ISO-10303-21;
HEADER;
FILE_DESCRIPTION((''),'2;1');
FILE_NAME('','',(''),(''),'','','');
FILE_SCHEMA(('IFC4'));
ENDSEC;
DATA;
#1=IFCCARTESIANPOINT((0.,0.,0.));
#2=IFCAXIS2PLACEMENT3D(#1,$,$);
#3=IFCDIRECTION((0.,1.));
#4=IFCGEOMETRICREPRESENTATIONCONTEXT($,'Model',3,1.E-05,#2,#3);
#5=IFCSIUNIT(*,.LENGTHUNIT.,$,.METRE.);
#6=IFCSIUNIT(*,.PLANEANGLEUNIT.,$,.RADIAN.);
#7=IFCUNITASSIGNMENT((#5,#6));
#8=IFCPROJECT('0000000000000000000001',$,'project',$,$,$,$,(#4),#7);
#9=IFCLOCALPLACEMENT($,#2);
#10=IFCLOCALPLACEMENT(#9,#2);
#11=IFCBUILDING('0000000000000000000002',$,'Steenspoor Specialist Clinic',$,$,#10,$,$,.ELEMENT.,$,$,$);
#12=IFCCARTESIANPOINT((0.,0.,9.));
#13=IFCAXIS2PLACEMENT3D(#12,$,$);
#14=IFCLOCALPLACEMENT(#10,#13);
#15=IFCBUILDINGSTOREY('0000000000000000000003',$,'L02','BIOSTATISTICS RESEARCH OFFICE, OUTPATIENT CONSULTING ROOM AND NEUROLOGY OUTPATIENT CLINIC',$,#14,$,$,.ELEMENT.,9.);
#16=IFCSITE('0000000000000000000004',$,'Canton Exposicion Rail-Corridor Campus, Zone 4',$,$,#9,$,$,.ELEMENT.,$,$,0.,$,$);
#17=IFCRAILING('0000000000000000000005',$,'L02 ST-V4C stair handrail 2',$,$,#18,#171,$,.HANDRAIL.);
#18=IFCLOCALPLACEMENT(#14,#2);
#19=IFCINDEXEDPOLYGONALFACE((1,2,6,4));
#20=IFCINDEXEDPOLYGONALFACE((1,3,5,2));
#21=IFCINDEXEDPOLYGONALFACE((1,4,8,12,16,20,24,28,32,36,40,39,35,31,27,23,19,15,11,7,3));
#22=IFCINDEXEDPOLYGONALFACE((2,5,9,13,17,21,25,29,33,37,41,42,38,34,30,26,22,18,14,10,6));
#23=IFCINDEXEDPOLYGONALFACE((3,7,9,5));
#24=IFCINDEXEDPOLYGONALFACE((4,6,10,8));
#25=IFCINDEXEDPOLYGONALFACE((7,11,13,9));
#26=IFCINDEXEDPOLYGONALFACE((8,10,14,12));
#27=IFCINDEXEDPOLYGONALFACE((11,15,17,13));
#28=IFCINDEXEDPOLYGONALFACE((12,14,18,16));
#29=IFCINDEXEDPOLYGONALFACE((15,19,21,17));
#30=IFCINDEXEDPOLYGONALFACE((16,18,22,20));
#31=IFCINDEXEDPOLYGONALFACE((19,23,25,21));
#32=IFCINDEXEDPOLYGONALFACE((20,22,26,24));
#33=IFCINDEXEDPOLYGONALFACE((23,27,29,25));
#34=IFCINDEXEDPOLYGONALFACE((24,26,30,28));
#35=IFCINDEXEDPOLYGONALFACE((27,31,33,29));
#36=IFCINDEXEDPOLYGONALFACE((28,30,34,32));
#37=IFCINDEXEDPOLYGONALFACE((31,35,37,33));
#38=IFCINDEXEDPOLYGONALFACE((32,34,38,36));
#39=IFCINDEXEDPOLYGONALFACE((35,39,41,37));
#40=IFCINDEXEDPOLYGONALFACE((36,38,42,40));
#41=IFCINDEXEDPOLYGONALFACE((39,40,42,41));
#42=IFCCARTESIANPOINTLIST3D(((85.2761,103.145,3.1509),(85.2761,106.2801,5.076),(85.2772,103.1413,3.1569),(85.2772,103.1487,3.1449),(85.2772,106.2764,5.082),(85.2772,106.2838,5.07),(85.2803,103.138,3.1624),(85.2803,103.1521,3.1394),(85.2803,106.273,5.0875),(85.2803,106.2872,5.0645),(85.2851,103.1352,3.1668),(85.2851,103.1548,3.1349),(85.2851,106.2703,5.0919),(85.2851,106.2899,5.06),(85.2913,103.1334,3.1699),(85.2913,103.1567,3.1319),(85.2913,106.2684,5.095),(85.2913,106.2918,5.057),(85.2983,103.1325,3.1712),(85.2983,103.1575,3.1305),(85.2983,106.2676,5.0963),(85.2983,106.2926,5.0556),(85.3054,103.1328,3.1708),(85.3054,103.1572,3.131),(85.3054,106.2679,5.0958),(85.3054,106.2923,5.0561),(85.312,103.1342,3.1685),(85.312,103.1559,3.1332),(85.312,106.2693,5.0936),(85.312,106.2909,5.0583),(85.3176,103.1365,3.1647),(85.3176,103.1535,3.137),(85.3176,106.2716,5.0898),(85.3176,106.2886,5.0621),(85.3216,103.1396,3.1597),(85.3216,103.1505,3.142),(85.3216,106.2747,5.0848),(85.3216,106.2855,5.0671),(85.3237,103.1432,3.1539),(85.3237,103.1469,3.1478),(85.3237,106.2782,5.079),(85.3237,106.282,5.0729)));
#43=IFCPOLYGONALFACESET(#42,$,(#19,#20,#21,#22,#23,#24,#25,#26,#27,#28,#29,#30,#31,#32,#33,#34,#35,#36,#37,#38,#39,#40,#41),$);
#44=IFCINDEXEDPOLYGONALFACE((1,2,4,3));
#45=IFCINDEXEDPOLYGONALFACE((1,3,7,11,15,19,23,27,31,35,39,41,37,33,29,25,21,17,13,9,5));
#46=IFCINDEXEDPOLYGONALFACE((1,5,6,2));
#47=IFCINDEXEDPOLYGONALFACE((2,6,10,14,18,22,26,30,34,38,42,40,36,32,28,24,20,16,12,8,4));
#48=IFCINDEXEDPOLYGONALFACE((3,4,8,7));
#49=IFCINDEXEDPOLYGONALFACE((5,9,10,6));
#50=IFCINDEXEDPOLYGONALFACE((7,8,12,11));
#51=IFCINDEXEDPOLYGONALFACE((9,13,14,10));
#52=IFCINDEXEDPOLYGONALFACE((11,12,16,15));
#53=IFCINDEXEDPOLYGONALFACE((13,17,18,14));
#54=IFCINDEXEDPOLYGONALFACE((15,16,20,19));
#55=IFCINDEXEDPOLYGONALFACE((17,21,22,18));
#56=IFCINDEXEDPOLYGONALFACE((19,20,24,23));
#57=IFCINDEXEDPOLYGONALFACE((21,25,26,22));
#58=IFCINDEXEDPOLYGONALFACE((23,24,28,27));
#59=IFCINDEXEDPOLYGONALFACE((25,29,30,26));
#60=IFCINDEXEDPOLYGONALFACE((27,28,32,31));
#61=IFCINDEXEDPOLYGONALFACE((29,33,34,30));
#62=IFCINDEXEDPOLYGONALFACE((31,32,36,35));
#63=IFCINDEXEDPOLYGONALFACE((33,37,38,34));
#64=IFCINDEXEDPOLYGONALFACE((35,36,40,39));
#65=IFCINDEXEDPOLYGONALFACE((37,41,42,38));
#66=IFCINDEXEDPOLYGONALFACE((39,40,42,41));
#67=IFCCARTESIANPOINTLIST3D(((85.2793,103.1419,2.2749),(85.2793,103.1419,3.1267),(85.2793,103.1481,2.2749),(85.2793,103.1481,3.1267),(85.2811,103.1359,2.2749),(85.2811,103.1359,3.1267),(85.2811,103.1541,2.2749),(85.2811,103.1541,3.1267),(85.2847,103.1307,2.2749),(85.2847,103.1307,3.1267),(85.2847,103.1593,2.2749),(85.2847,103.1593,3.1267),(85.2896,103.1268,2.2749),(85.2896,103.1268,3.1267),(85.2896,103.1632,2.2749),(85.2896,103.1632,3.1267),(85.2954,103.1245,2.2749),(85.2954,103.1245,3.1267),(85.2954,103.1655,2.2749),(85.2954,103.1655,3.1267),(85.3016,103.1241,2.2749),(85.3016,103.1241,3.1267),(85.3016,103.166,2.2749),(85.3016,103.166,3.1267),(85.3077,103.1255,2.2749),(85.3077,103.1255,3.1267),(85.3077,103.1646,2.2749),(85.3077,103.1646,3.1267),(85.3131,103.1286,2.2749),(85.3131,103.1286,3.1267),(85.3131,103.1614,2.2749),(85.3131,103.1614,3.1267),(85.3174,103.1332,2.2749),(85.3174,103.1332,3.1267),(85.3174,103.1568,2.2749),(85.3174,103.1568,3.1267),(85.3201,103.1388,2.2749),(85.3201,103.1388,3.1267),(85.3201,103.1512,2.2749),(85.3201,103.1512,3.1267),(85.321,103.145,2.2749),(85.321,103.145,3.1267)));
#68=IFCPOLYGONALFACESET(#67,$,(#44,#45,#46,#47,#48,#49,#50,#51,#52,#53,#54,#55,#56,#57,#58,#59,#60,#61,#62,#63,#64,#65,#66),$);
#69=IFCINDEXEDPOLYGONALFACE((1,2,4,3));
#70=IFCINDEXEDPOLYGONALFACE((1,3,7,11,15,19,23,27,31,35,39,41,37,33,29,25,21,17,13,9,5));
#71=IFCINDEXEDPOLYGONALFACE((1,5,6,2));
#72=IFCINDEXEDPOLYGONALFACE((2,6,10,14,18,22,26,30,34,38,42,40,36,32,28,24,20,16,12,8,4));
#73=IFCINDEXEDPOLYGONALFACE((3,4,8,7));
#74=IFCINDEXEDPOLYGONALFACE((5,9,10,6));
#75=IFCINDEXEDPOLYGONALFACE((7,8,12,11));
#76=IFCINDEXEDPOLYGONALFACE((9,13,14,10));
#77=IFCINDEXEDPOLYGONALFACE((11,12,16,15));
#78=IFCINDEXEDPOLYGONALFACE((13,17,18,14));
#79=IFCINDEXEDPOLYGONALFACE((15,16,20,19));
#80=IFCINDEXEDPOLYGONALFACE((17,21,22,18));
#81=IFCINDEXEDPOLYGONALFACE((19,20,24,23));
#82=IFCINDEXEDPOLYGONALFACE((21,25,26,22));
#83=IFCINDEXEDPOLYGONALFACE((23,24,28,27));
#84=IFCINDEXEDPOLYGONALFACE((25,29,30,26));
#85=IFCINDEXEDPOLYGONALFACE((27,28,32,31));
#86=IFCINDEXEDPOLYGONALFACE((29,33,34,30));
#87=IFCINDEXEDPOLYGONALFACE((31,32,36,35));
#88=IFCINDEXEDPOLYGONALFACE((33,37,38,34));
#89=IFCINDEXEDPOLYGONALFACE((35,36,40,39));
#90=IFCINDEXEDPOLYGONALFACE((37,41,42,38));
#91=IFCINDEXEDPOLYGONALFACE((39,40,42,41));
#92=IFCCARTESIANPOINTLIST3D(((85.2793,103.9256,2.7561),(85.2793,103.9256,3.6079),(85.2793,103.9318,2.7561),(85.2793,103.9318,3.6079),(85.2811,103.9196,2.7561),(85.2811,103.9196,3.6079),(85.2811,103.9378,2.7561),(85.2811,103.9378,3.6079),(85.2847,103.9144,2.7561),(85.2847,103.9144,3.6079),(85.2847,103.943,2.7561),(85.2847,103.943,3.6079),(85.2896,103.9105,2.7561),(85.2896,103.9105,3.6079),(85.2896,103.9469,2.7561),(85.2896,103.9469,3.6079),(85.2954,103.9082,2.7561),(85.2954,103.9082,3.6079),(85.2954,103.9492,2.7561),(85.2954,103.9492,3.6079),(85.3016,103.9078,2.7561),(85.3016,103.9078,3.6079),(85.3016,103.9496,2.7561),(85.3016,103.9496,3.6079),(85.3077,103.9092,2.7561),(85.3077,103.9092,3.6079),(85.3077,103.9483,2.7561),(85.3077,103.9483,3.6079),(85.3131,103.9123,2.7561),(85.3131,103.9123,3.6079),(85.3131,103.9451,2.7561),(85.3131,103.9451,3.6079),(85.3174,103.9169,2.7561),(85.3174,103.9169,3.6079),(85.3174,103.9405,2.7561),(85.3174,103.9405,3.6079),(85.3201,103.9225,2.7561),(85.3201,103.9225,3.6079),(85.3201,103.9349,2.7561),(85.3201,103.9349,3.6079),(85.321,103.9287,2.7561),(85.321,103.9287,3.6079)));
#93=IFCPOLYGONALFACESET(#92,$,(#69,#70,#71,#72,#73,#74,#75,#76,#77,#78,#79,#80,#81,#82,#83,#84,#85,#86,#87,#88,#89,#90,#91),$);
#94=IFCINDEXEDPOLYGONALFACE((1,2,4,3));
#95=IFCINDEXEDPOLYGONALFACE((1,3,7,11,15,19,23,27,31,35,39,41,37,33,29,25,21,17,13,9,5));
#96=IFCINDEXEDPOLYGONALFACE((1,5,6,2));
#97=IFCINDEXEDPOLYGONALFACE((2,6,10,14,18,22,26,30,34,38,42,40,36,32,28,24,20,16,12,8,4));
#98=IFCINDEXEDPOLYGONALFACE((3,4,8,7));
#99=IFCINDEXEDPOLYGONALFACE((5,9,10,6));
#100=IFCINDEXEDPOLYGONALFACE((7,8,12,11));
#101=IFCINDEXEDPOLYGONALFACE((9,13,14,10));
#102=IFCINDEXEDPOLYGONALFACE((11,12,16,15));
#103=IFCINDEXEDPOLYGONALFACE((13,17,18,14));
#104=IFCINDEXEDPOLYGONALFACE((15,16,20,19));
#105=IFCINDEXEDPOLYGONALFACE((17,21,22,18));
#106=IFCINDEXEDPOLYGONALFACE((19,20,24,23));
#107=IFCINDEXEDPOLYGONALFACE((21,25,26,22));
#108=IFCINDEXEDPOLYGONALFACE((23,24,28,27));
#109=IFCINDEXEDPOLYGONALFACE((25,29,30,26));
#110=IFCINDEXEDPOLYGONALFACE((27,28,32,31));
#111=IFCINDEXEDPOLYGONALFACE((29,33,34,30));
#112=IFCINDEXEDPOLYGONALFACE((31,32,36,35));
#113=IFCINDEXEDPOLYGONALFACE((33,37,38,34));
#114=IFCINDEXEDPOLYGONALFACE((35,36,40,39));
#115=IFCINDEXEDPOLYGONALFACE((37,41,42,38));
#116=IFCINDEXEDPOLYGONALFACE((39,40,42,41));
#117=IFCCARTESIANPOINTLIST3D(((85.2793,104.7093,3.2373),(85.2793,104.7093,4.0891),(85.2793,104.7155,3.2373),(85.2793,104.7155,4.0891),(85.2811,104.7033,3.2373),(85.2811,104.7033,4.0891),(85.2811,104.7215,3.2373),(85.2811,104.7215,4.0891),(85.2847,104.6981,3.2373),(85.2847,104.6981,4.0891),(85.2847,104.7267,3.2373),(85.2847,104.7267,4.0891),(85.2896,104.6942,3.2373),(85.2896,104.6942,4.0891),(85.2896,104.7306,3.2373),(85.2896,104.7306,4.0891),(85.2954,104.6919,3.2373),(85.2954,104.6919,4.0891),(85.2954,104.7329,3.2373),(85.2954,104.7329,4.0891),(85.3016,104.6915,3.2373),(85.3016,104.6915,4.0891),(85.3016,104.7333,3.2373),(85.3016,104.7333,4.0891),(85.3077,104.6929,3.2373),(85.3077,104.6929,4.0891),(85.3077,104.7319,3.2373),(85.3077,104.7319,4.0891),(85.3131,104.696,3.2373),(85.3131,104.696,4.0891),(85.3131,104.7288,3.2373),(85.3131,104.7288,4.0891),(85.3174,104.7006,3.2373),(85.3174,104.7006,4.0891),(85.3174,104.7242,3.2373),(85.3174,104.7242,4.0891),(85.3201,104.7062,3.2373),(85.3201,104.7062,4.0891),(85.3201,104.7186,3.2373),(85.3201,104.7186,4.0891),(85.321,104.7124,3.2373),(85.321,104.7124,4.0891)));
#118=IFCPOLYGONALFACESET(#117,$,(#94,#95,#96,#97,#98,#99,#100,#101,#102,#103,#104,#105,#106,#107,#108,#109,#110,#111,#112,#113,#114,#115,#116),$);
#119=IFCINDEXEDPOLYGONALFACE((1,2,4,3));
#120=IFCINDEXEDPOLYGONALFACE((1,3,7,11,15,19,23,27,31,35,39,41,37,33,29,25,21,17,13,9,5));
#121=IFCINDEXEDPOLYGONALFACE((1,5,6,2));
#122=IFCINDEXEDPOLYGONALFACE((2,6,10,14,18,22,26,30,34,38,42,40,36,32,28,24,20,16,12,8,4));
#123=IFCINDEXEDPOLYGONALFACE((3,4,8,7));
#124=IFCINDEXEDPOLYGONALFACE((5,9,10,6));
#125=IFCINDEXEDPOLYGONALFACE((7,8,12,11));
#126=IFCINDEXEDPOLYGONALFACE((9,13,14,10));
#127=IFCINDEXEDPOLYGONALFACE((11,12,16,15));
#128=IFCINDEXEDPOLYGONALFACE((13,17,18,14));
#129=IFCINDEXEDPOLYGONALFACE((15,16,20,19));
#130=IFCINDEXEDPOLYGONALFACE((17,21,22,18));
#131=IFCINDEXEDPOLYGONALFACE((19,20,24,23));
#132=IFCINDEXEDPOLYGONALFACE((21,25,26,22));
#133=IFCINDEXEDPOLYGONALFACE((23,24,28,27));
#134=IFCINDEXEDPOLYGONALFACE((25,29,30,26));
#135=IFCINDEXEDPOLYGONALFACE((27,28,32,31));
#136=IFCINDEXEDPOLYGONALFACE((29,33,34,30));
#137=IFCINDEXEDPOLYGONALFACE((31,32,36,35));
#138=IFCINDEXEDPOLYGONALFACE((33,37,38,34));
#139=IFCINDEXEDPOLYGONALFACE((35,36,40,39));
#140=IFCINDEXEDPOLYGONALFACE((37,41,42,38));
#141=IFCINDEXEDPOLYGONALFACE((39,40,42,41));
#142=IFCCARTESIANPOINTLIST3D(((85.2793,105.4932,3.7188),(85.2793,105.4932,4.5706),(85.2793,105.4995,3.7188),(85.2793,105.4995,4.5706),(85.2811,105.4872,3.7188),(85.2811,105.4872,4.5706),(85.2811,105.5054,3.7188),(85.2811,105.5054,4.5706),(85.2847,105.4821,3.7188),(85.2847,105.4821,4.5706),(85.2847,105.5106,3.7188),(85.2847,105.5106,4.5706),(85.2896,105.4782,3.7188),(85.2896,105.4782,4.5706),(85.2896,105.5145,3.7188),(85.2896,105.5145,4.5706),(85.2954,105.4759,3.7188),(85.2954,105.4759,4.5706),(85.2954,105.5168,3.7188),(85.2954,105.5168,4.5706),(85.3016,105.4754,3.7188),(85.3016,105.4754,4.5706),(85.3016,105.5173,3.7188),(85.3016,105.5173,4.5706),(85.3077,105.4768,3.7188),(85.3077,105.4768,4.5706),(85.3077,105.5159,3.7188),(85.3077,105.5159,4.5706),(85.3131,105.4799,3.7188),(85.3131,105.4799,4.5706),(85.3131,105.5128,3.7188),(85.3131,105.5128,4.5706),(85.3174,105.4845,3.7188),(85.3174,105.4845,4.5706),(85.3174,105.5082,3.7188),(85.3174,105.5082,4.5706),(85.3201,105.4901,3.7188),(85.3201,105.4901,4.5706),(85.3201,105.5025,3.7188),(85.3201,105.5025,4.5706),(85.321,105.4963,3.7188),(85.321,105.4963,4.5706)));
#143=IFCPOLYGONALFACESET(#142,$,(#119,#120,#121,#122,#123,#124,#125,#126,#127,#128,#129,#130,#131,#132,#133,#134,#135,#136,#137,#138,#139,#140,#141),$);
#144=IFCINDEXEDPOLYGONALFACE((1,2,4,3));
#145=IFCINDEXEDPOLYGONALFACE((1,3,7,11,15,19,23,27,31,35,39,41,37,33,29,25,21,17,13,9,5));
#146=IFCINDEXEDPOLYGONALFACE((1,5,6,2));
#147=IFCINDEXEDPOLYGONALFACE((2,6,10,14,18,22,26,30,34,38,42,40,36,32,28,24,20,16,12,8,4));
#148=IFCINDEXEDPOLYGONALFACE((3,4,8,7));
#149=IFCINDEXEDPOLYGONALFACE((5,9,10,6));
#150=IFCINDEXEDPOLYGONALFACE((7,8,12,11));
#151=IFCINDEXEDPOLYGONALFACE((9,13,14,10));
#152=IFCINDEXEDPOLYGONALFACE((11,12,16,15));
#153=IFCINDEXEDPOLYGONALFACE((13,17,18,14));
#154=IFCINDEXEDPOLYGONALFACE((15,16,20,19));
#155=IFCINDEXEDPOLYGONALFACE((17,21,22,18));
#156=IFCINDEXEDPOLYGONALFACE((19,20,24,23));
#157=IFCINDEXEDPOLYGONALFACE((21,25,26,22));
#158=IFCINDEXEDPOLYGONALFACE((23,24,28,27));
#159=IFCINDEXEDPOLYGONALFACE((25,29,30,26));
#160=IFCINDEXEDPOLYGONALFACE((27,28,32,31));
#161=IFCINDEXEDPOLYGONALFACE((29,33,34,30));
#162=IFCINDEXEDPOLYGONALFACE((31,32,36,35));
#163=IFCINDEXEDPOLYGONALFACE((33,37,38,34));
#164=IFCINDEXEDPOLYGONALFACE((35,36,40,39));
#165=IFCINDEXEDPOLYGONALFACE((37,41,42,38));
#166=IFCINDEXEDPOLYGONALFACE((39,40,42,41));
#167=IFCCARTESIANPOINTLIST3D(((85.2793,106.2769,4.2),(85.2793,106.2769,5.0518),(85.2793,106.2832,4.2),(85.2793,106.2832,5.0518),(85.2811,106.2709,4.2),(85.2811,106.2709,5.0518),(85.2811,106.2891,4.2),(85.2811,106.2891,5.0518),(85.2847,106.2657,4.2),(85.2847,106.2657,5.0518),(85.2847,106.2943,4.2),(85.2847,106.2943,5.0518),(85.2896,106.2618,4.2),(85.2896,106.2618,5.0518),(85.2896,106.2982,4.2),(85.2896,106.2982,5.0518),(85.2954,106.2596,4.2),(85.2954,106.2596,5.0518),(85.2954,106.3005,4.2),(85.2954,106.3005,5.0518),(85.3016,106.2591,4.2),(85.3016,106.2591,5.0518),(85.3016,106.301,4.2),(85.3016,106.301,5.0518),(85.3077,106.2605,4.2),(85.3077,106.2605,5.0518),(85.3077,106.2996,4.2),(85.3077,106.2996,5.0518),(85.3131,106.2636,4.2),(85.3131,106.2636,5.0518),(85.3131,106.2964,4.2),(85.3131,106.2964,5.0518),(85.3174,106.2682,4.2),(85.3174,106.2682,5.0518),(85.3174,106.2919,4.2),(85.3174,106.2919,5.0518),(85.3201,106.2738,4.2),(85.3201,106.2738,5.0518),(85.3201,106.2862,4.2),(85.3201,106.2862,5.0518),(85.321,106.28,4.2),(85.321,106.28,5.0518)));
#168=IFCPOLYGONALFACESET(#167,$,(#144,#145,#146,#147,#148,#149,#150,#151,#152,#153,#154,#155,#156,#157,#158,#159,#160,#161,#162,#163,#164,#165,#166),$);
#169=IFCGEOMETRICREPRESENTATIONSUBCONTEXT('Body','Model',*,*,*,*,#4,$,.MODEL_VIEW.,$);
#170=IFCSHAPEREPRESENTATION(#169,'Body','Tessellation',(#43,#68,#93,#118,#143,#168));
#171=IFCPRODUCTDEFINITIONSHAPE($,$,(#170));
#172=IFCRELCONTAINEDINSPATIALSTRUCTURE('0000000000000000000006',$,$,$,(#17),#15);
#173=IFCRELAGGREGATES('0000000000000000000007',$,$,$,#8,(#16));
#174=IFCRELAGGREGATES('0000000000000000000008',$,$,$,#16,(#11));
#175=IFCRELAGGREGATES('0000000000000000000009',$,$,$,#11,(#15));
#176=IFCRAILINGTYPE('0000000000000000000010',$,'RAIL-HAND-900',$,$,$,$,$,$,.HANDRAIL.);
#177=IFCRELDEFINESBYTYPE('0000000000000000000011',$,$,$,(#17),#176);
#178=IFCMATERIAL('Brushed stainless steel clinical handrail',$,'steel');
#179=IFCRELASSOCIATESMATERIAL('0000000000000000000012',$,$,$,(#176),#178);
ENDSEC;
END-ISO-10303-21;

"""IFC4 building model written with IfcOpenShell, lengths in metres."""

from ifc_helpers import new_model, si_unit, direction, frame, origin, origin_2d, place, context, subcontext, project, spatial, circle, extrude, material, type_object, element, save


model = new_model("IFC4")

# Units and contexts
model_context = context("Model", 3, precision=1e-05, world=origin(), true_north=direction((0.0, 1.0)))
body_context = subcontext(model_context, "Body", "Model", "MODEL_VIEW")
ifc_project = project(units=[si_unit("LENGTHUNIT", "METRE"), si_unit("PLANEANGLEUNIT", "RADIAN")], contexts=[model_context])

# Site, building, storey
site_placement = place(None, origin())
site = spatial("IfcSite", under=ifc_project, at=site_placement, Name="Canton Exposicion Rail-Corridor Campus, Zone 4", CompositionType="ELEMENT", RefElevation=0.0)
building_placement = place(site_placement, origin())
building = spatial("IfcBuilding", under=site, at=building_placement, Name="Steenspoor Specialist Clinic", CompositionType="ELEMENT")
storey_placement = place(building_placement, frame((0.0, 0.0, 9.0)))
storey = spatial("IfcBuildingStorey", under=building, at=storey_placement, Name="L02", Description="BIOSTATISTICS RESEARCH OFFICE, OUTPATIENT CONSULTING ROOM AND NEUROLOGY OUTPATIENT CLINIC", CompositionType="ELEMENT", Elevation=9.0)

# Railing
ifc_material_1 = material(Name="Brushed stainless steel clinical handrail", Category="steel")
railing_type_1 = type_object("IfcRailingType", Name="RAIL-HAND-900", PredefinedType="HANDRAIL", material=ifc_material_1)
railing_1_placement = place(storey_placement, frame((85.3, 103.145, 2.2749)))
element("IfcRailing", 1, at=railing_1_placement, inside=storey, type_object=railing_type_1, Name="L02 ST-V4C stair handrail 2", PredefinedType="HANDRAIL", context=body_context, shape_type="SweptSolid", body=[
    extrude(circle(Radius=0.0239, at=origin_2d()), frame((0.0, 0.0, 0.876), z_axis=(0.0, 0.852166, 0.523271), x_axis=(-1.0, 0.0, 0.0)), (0.0, 0.0, 1.0), 3.679),
    extrude(circle(Radius=0.021, at=origin_2d()), origin(), (0.0, 0.0, 1.0), 0.8518),
    extrude(circle(Radius=0.021, at=origin_2d()), frame((0.0, 0.7837, 0.4812)), (0.0, 0.0, 1.0), 0.8518),
    extrude(circle(Radius=0.021, at=origin_2d()), frame((0.0, 1.5674, 0.9624)), (0.0, 0.0, 1.0), 0.8518),
    extrude(circle(Radius=0.021, at=origin_2d()), frame((0.0, 2.3513, 1.4438)), (0.0, 0.0, 1.0), 0.8518),
    extrude(circle(Radius=0.021, at=origin_2d()), frame((0.0, 3.135, 1.925)), (0.0, 0.0, 1.0), 0.8518),
])

save(model, "model.ifc")
